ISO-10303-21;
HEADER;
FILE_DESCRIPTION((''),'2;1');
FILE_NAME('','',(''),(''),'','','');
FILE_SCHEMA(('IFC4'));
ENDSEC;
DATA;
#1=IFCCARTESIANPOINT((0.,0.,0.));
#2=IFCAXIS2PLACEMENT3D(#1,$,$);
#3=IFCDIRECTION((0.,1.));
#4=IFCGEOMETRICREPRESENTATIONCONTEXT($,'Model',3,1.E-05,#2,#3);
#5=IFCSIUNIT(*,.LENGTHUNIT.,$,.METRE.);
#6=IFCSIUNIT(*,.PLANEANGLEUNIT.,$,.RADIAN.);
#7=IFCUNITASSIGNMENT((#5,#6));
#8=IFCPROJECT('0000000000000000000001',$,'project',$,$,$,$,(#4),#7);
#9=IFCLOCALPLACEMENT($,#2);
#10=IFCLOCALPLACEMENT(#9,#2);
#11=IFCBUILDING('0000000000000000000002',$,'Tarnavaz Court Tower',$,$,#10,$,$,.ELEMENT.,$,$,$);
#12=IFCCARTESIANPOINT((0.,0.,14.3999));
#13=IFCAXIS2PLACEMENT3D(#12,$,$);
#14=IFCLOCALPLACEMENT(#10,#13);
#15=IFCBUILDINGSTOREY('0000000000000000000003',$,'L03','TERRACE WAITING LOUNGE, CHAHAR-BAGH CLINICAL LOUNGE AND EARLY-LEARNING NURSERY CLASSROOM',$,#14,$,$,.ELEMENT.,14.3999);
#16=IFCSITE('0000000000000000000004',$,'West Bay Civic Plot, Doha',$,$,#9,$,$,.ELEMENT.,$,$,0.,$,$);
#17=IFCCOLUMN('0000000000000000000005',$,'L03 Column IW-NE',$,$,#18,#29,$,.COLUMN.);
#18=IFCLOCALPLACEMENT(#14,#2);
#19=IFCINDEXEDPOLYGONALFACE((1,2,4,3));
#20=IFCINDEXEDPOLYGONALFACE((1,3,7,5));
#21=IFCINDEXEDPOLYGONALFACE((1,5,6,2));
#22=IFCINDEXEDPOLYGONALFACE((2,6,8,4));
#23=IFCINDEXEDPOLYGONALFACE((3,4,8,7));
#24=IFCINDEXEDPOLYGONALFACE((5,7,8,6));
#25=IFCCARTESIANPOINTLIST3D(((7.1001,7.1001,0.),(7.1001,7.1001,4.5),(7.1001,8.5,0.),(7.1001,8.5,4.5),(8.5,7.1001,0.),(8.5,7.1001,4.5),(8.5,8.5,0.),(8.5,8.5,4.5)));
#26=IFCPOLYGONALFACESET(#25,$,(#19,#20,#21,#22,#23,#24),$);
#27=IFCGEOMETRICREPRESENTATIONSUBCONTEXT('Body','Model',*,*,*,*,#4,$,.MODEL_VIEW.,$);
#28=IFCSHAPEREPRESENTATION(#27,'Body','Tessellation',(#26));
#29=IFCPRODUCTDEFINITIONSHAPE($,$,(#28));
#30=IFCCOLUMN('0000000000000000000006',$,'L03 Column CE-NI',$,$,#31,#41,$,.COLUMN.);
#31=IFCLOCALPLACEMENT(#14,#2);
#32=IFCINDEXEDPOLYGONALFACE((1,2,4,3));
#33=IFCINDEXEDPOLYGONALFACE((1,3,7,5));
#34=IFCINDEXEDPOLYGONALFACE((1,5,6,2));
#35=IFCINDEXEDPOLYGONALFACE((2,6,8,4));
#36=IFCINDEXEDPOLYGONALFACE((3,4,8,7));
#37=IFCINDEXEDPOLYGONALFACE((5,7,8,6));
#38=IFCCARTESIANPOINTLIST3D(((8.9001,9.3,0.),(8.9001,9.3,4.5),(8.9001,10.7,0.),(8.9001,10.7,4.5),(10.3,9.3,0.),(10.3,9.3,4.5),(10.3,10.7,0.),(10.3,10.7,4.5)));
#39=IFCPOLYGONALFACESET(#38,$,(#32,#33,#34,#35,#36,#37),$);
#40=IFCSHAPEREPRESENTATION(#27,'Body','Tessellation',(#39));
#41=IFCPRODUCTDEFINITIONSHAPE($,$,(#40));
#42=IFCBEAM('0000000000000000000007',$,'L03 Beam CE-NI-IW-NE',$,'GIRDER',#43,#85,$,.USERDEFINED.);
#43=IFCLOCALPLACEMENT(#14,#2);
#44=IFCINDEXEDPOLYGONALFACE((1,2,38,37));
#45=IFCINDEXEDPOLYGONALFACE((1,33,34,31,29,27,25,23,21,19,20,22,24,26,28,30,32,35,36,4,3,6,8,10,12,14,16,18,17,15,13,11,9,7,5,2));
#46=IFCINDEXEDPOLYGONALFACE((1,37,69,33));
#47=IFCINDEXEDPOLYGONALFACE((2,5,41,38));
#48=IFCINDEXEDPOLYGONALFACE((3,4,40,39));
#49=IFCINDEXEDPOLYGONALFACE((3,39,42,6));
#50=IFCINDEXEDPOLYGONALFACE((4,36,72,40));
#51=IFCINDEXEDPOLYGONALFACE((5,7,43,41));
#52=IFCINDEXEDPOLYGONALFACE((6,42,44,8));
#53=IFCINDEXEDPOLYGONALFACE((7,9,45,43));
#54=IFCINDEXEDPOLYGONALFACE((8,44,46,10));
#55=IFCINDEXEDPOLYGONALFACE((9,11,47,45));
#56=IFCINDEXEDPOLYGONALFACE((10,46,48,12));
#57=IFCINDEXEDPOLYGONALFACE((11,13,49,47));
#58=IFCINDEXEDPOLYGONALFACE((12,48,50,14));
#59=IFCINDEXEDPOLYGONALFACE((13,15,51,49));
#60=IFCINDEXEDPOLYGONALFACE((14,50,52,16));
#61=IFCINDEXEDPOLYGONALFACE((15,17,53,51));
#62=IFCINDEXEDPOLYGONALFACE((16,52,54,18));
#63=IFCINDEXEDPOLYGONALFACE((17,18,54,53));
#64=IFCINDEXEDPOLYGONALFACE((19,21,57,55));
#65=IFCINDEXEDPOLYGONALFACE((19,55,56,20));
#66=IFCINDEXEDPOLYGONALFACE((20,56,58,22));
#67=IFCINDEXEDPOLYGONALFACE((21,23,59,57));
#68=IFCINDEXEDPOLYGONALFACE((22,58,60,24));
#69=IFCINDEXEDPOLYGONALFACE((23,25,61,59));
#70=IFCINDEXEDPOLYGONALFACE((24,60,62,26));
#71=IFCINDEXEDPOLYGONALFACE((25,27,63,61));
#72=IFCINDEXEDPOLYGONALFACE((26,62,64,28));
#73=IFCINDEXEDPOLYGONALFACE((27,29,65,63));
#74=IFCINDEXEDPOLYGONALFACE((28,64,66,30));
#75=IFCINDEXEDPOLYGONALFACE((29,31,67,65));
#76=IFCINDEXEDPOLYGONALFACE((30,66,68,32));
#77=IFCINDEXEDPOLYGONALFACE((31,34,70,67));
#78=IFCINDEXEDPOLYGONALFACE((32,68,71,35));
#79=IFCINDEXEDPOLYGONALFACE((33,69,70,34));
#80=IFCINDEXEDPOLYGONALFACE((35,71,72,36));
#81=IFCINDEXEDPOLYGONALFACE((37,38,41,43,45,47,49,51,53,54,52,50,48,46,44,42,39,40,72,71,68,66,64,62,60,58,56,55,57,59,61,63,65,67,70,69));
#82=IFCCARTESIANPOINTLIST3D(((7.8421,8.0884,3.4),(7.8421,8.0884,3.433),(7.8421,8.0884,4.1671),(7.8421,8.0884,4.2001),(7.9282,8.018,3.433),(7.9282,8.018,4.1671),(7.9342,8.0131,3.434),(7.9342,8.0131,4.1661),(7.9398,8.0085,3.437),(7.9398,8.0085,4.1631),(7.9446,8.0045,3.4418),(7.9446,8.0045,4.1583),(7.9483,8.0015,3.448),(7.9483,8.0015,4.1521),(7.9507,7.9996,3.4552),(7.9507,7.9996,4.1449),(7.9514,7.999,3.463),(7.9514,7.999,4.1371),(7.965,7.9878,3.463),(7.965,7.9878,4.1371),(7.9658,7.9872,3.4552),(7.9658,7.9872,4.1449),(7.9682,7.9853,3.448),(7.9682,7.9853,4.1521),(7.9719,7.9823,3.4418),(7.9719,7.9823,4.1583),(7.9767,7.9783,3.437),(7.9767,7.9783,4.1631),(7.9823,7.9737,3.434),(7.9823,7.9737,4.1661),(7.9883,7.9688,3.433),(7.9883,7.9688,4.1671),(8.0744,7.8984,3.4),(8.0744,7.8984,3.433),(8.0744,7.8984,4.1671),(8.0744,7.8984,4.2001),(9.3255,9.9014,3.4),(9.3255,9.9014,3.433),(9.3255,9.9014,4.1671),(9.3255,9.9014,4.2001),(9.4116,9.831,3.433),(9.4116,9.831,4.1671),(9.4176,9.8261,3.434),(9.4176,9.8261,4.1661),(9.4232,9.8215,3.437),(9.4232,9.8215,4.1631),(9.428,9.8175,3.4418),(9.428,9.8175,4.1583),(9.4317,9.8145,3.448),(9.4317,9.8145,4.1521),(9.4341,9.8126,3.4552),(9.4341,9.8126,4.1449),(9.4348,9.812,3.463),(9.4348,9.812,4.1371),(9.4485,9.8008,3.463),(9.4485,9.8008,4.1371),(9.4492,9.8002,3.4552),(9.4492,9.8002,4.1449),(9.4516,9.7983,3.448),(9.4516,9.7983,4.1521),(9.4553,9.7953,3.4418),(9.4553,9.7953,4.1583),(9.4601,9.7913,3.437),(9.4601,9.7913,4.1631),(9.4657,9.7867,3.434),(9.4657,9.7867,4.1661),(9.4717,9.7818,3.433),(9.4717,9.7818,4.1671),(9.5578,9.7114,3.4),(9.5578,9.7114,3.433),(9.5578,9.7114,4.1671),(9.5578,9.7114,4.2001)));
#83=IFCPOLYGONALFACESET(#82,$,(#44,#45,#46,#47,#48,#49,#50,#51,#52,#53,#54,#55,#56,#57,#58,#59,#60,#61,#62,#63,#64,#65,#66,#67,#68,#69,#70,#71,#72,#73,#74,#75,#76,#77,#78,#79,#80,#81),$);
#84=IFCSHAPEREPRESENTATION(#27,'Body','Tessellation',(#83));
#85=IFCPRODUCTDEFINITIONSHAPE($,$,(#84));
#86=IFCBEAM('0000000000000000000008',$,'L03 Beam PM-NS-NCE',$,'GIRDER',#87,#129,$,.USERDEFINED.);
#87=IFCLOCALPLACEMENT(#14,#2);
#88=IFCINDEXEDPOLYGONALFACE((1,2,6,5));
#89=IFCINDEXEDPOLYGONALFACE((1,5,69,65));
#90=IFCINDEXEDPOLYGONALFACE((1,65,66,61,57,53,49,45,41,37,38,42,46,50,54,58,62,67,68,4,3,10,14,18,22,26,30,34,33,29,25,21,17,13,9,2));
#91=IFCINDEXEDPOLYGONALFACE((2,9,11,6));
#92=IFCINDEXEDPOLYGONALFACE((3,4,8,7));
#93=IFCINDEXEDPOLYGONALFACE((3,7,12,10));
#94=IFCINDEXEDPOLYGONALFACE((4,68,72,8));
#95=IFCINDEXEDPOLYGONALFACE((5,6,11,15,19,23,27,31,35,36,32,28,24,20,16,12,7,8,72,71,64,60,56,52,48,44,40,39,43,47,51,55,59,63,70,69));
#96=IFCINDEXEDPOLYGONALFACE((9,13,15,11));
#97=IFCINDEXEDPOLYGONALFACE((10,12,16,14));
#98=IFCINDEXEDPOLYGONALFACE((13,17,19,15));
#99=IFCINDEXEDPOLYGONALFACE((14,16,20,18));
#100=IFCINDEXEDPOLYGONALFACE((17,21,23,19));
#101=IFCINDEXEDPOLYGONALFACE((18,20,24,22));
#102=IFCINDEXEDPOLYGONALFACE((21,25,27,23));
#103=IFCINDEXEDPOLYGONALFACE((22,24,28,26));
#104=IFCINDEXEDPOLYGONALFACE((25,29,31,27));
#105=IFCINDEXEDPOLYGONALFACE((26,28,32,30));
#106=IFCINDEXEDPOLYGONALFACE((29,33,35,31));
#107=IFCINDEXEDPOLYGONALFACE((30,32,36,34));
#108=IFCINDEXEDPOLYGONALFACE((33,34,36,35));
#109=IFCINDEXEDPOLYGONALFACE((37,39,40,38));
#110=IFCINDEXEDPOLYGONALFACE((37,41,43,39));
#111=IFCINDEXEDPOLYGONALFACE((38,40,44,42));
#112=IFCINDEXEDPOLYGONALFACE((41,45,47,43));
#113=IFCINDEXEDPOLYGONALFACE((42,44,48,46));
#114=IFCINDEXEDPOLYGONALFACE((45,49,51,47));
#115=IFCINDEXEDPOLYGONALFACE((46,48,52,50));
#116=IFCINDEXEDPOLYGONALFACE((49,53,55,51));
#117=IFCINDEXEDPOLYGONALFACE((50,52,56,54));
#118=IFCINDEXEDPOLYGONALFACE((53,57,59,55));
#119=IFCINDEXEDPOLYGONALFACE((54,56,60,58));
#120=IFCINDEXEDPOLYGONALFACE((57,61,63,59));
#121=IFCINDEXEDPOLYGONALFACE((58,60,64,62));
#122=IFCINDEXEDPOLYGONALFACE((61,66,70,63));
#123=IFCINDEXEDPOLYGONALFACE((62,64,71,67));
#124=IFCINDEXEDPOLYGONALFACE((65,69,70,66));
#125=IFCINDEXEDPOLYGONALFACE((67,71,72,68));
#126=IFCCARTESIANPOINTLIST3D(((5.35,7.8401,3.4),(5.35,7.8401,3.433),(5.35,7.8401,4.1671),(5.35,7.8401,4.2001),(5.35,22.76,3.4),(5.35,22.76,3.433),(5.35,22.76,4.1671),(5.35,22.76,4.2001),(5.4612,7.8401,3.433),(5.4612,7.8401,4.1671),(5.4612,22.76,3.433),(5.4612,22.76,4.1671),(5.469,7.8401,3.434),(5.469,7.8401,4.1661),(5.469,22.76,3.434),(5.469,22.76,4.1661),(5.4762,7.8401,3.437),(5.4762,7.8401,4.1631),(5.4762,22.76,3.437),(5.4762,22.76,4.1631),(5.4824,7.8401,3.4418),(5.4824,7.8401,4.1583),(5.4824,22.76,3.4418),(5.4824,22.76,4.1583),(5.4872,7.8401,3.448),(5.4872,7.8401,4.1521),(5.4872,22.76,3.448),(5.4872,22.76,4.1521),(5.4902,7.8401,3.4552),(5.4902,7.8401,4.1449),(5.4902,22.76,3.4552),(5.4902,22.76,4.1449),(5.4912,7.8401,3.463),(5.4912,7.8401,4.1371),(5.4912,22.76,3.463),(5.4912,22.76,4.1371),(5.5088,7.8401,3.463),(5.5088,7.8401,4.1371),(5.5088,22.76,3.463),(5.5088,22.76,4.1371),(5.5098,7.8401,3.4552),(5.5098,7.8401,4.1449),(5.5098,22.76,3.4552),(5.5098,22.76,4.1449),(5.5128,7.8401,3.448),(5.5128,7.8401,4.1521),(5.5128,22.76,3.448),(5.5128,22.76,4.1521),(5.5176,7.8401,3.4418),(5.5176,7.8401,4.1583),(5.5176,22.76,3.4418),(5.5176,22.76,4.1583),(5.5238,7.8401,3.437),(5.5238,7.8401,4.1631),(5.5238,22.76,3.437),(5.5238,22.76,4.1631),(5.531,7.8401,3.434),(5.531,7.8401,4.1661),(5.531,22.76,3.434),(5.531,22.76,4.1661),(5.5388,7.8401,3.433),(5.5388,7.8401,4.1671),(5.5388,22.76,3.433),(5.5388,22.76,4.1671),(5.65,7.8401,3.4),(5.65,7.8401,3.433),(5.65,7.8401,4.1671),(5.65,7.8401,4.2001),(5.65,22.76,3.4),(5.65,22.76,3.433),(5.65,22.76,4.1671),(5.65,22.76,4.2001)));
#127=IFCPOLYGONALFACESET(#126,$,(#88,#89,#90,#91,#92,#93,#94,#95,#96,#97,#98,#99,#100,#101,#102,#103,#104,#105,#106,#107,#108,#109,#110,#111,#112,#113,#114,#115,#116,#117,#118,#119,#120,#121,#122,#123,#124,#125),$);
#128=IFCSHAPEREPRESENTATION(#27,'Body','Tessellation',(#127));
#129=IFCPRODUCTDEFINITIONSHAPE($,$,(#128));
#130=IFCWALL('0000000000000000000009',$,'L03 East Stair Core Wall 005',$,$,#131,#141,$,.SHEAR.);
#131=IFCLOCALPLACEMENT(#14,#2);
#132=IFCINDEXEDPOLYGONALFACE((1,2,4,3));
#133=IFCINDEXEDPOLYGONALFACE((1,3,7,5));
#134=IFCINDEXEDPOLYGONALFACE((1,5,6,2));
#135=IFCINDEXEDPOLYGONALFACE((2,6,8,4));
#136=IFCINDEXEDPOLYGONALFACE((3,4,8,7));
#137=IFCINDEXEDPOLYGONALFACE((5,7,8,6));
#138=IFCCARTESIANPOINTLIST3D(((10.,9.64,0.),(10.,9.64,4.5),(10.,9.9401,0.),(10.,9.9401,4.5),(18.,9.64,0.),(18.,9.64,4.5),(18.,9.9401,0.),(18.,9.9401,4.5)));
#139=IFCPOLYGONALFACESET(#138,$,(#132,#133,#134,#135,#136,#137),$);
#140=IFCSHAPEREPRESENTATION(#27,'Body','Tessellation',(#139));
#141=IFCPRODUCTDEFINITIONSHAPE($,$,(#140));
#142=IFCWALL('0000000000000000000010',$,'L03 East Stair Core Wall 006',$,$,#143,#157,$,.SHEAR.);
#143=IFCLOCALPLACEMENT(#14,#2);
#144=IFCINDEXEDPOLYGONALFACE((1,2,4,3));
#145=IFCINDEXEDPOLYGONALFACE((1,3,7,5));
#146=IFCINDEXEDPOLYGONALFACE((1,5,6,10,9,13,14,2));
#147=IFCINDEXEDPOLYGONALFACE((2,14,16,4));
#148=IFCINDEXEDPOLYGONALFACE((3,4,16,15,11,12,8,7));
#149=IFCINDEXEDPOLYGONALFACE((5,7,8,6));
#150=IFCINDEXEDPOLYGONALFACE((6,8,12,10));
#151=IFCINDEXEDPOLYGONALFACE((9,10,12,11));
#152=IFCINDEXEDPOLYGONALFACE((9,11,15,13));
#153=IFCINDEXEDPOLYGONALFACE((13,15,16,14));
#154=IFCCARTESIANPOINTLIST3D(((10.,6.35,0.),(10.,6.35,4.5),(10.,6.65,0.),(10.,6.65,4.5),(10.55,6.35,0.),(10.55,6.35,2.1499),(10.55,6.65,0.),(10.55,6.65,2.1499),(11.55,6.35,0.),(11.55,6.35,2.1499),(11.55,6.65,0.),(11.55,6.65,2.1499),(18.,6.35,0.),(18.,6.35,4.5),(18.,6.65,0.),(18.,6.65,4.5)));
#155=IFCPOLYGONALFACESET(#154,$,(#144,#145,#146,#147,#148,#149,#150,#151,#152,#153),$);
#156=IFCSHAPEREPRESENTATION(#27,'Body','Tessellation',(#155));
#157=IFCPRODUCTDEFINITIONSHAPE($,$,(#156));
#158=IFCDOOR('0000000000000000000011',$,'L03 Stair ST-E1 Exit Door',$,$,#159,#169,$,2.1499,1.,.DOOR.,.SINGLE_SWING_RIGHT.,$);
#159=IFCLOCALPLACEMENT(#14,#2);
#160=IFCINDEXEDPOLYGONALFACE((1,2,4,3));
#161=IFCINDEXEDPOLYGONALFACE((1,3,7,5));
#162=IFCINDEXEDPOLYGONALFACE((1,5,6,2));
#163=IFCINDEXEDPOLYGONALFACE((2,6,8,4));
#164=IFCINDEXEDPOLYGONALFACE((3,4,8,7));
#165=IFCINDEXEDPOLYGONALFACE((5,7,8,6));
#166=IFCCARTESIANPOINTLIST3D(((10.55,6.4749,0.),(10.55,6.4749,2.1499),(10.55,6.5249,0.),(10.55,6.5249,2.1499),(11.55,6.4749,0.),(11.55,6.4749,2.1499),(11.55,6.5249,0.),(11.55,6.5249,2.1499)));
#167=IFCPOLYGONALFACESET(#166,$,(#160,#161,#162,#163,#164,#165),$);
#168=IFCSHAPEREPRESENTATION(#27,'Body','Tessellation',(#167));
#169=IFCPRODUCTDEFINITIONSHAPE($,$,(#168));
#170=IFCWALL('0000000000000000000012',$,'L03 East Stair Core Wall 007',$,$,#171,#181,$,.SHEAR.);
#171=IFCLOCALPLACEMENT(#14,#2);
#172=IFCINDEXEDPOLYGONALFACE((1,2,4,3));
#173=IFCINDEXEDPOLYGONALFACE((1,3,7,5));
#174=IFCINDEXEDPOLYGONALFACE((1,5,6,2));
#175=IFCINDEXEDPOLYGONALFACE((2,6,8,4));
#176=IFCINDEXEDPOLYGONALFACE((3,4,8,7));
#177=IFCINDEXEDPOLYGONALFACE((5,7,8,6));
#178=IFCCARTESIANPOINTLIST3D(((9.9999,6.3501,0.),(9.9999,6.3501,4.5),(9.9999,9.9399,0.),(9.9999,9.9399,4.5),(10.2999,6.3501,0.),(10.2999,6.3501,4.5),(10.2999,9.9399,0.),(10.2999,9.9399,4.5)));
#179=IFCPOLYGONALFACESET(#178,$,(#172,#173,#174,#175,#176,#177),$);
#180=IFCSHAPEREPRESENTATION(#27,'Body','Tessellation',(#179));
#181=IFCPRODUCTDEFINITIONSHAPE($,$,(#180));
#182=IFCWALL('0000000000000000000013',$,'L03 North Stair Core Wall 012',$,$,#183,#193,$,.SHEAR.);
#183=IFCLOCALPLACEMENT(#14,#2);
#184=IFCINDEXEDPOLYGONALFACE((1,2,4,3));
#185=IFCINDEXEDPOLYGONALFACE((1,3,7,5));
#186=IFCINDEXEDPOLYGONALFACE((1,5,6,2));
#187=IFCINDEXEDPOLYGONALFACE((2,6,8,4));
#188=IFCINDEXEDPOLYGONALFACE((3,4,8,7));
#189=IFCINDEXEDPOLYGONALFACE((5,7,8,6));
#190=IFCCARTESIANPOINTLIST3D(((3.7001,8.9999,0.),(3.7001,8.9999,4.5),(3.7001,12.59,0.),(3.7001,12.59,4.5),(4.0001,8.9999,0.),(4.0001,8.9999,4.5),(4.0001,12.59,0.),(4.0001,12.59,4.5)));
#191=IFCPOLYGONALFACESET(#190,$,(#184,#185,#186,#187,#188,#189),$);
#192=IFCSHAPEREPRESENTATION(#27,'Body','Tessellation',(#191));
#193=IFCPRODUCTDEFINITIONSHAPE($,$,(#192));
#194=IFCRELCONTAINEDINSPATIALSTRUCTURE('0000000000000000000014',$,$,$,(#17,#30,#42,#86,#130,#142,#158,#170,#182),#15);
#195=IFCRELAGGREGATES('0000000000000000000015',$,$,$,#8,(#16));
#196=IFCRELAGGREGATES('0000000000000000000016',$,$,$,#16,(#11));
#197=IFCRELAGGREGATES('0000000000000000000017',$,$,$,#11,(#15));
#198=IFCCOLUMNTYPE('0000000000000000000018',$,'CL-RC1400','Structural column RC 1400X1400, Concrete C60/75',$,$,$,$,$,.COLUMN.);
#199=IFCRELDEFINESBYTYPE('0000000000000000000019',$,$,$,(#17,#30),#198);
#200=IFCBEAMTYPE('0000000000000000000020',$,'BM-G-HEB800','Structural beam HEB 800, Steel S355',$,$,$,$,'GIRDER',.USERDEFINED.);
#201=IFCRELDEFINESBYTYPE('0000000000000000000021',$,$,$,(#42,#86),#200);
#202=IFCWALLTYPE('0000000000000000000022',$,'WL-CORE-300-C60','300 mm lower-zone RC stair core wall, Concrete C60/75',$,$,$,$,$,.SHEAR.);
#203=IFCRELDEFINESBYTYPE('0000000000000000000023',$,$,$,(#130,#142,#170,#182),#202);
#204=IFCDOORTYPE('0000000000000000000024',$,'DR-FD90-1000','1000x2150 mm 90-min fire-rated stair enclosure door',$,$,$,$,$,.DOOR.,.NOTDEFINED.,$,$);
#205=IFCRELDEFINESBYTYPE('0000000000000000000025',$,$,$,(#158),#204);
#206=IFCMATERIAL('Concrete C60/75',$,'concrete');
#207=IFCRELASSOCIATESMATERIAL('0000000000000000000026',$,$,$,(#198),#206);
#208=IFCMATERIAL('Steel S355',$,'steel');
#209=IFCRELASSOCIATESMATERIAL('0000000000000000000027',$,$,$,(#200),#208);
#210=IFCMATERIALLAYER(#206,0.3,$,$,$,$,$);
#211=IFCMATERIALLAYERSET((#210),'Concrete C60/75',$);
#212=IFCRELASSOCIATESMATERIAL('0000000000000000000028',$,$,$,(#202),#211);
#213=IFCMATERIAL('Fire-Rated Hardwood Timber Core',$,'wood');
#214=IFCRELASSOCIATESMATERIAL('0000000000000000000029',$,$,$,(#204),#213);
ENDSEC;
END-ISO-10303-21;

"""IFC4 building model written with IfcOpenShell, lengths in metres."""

from ifc_helpers import new_model, si_unit, direction, frame, frame_2d, origin, origin_2d, place, context, subcontext, project, spatial, rectangle, i_section, extrude, material, layer, layer_set, material_profile, profile_set, type_object, element, fill, save


model = new_model("IFC4")

# Units and contexts
model_context = context("Model", 3, precision=1e-05, world=origin(), true_north=direction((0.0, 1.0)))
body_context = subcontext(model_context, "Body", "Model", "MODEL_VIEW")
ifc_project = project(units=[si_unit("LENGTHUNIT", "METRE"), si_unit("PLANEANGLEUNIT", "RADIAN")], contexts=[model_context])

# Site, building, storey
site_placement = place(None, origin())
site = spatial("IfcSite", under=ifc_project, at=site_placement, Name="West Bay Civic Plot, Doha", CompositionType="ELEMENT", RefElevation=0.0)
building_placement = place(site_placement, origin())
building = spatial("IfcBuilding", under=site, at=building_placement, Name="Tarnavaz Court Tower", CompositionType="ELEMENT")
storey_placement = place(building_placement, frame((0.0, 0.0, 14.3999)))
storey = spatial("IfcBuildingStorey", under=building, at=storey_placement, Name="L03", Description="TERRACE WAITING LOUNGE, CHAHAR-BAGH CLINICAL LOUNGE AND EARLY-LEARNING NURSERY CLASSROOM", CompositionType="ELEMENT", Elevation=14.3999)

# Columns
ifc_material_1 = material(Name="Concrete C60/75", Category="concrete")
ifc_material_profile_1 = material_profile(ifc_material_1, rectangle(XDim=1.3999, YDim=1.3999, at=origin_2d()), Name="RC 1400X1400")
ifc_profile_set_1 = profile_set([ifc_material_profile_1], Name="Concrete C60/75")
column_type = type_object("IfcColumnType", Name="CL-RC1400", Description="Structural column RC 1400X1400, Concrete C60/75", PredefinedType="COLUMN", material=ifc_profile_set_1)
for number, where, z_axis, x_axis, name in (
    (1, (7.8, 7.8, 0.0), (0.0, 0.0, 1.0), (1.0, 0.0, 0.0), "L03 Column IW-NE"),
    (2, (9.6001, 10.0, 0.0), (0.0, 0.0, 1.0), (1.0, 0.0, 0.0), "L03 Column CE-NI"),
):
    element("IfcColumn", number, at=place(storey_placement, frame(where, z_axis=z_axis, x_axis=x_axis)), inside=storey, type_object=column_type, Name=name, PredefinedType="COLUMN", context=body_context, shape_type="SweptSolid", body=[
        extrude(rectangle(XDim=1.3999, YDim=1.3999, at=origin_2d()), origin(), (0.0, 0.0, 1.0), 4.5),
    ])

# Beams
ifc_material_2 = material(Name="Steel S355", Category="steel")
ifc_material_profile_2 = material_profile(ifc_material_2, i_section(OverallWidth=0.3, OverallDepth=0.8, WebThickness=0.0176, FlangeThickness=0.033, FilletRadius=0.03, at=origin_2d()), Name="HEB 800")
ifc_profile_set_2 = profile_set([ifc_material_profile_2], Name="Steel S355")
beam_type = type_object("IfcBeamType", Name="BM-G-HEB800", Description="Structural beam HEB 800, Steel S355", ElementType="GIRDER", PredefinedType="USERDEFINED", material=ifc_profile_set_2)
beam_1_placement = place(storey_placement, frame((9.4417, 9.8064, 3.8), z_axis=(-0.633249, -0.773948, 0.0), x_axis=(0.773948, -0.633249, 0.0)))
element("IfcBeam", 3, at=beam_1_placement, inside=storey, type_object=beam_type, Name="L03 Beam CE-NI-IW-NE", ObjectType="GIRDER", PredefinedType="USERDEFINED", context=body_context, shape_type="SweptSolid", body=[
    extrude(i_section(OverallWidth=0.3, OverallDepth=0.8, WebThickness=0.0176, FlangeThickness=0.033, FilletRadius=0.03, at=origin_2d()), origin(), (0.0, 0.0, 1.0), 2.3425),
])
beam_2_placement = place(storey_placement, frame((5.5, 7.8401, 3.8), z_axis=(0.0, 1.0, 0.0), x_axis=(-1.0, 0.0, 0.0)))
element("IfcBeam", 4, at=beam_2_placement, inside=storey, type_object=beam_type, Name="L03 Beam PM-NS-NCE", ObjectType="GIRDER", PredefinedType="USERDEFINED", context=body_context, shape_type="SweptSolid", body=[
    extrude(i_section(OverallWidth=0.3, OverallDepth=0.8, WebThickness=0.0176, FlangeThickness=0.033, FilletRadius=0.03, at=origin_2d()), origin(), (0.0, 0.0, 1.0), 14.9199),
])

# Wall
ifc_layer_1 = layer(ifc_material_1, 0.3)
ifc_layer_set_1 = layer_set([ifc_layer_1], Name="Concrete C60/75")
wall_type_1 = type_object("IfcWallType", Name="WL-CORE-300-C60", Description="300 mm lower-zone RC stair core wall, Concrete C60/75", PredefinedType="SHEAR", material=ifc_layer_set_1)
wall_1_placement = place(storey_placement, frame((10.0, 9.79, 0.0), z_axis=(0.0, 0.0, 1.0), x_axis=(1.0, 0.0, 0.0)))
element("IfcWall", 5, at=wall_1_placement, inside=storey, type_object=wall_type_1, Name="L03 East Stair Core Wall 005", PredefinedType="SHEAR", context=body_context, shape_type="SweptSolid", body=[
    extrude(rectangle(XDim=8.0, YDim=0.3, at=frame_2d((4.0, 0.0))), origin(), (0.0, 0.0, 1.0), 4.5),
])

# Wall, opening, door
wall_2_placement = place(storey_placement, frame((10.0, 6.5, 0.0), z_axis=(0.0, 0.0, 1.0), x_axis=(1.0, 0.0, 0.0)))
wall_2 = element("IfcWall", 6, at=wall_2_placement, inside=storey, type_object=wall_type_1, Name="L03 East Stair Core Wall 006", PredefinedType="SHEAR", context=body_context, shape_type="SweptSolid", body=[
    extrude(rectangle(XDim=8.0, YDim=0.3, at=frame_2d((4.0, 0.0))), origin(), (0.0, 0.0, 1.0), 4.5),
])
opening_1_placement = place(wall_2_placement, frame((0.55, 0.0, 0.0)))
opening_1 = element("IfcOpeningElement", 7, at=opening_1_placement, cuts=wall_2, PredefinedType="OPENING", context=body_context, shape_type="SweptSolid", body=[
    extrude(rectangle(XDim=1.0, YDim=2.1499, at=frame_2d((0.5, 1.075))), frame((0.0, 0.1599, 0.0), z_axis=(0.0, -1.0, 0.0), x_axis=(1.0, 0.0, 0.0)), (0.0, 0.0, 1.0), 0.3201),
])
ifc_material_3 = material(Name="Fire-Rated Hardwood Timber Core", Category="wood")
door_type_1 = type_object("IfcDoorType", Name="DR-FD90-1000", Description="1000x2150 mm 90-min fire-rated stair enclosure door", OperationType="NOTDEFINED", PredefinedType="DOOR", material=ifc_material_3)
door_1_placement = place(opening_1_placement, origin())
door_1 = element("IfcDoor", 8, at=door_1_placement, inside=storey, type_object=door_type_1, Name="L03 Stair ST-E1 Exit Door", OperationType="SINGLE_SWING_RIGHT", OverallHeight=2.1499, OverallWidth=1.0, PredefinedType="DOOR", context=body_context, shape_type="SweptSolid", body=[
    extrude(rectangle(XDim=1.0, YDim=2.1499, at=frame_2d((0.5, 1.075))), frame((0.0, 0.0249, 0.0), z_axis=(0.0, -1.0, 0.0), x_axis=(1.0, 0.0, 0.0)), (0.0, 0.0, 1.0), 0.05),
])
fill(opening_1, door_1)

# Walls
wall_3_placement = place(storey_placement, frame((10.1499, 6.3501, 0.0), z_axis=(0.0, 0.0, 1.0), x_axis=(0.0, 1.0, 0.0)))
element("IfcWall", 9, at=wall_3_placement, inside=storey, type_object=wall_type_1, Name="L03 East Stair Core Wall 007", PredefinedType="SHEAR", context=body_context, shape_type="SweptSolid", body=[
    extrude(rectangle(XDim=3.5898, YDim=0.3, at=frame_2d((1.7949, 0.0))), origin(), (0.0, 0.0, 1.0), 4.5),
])
wall_4_placement = place(storey_placement, frame((3.8501, 9.0, 0.0), z_axis=(0.0, 0.0, 1.0), x_axis=(0.0, 1.0, 0.0)))
element("IfcWall", 10, at=wall_4_placement, inside=storey, type_object=wall_type_1, Name="L03 North Stair Core Wall 012", PredefinedType="SHEAR", context=body_context, shape_type="SweptSolid", body=[
    extrude(rectangle(XDim=3.5901, YDim=0.3, at=frame_2d((1.7949, 0.0))), origin(), (0.0, 0.0, 1.0), 4.5),
])

save(model, "model.ifc")
